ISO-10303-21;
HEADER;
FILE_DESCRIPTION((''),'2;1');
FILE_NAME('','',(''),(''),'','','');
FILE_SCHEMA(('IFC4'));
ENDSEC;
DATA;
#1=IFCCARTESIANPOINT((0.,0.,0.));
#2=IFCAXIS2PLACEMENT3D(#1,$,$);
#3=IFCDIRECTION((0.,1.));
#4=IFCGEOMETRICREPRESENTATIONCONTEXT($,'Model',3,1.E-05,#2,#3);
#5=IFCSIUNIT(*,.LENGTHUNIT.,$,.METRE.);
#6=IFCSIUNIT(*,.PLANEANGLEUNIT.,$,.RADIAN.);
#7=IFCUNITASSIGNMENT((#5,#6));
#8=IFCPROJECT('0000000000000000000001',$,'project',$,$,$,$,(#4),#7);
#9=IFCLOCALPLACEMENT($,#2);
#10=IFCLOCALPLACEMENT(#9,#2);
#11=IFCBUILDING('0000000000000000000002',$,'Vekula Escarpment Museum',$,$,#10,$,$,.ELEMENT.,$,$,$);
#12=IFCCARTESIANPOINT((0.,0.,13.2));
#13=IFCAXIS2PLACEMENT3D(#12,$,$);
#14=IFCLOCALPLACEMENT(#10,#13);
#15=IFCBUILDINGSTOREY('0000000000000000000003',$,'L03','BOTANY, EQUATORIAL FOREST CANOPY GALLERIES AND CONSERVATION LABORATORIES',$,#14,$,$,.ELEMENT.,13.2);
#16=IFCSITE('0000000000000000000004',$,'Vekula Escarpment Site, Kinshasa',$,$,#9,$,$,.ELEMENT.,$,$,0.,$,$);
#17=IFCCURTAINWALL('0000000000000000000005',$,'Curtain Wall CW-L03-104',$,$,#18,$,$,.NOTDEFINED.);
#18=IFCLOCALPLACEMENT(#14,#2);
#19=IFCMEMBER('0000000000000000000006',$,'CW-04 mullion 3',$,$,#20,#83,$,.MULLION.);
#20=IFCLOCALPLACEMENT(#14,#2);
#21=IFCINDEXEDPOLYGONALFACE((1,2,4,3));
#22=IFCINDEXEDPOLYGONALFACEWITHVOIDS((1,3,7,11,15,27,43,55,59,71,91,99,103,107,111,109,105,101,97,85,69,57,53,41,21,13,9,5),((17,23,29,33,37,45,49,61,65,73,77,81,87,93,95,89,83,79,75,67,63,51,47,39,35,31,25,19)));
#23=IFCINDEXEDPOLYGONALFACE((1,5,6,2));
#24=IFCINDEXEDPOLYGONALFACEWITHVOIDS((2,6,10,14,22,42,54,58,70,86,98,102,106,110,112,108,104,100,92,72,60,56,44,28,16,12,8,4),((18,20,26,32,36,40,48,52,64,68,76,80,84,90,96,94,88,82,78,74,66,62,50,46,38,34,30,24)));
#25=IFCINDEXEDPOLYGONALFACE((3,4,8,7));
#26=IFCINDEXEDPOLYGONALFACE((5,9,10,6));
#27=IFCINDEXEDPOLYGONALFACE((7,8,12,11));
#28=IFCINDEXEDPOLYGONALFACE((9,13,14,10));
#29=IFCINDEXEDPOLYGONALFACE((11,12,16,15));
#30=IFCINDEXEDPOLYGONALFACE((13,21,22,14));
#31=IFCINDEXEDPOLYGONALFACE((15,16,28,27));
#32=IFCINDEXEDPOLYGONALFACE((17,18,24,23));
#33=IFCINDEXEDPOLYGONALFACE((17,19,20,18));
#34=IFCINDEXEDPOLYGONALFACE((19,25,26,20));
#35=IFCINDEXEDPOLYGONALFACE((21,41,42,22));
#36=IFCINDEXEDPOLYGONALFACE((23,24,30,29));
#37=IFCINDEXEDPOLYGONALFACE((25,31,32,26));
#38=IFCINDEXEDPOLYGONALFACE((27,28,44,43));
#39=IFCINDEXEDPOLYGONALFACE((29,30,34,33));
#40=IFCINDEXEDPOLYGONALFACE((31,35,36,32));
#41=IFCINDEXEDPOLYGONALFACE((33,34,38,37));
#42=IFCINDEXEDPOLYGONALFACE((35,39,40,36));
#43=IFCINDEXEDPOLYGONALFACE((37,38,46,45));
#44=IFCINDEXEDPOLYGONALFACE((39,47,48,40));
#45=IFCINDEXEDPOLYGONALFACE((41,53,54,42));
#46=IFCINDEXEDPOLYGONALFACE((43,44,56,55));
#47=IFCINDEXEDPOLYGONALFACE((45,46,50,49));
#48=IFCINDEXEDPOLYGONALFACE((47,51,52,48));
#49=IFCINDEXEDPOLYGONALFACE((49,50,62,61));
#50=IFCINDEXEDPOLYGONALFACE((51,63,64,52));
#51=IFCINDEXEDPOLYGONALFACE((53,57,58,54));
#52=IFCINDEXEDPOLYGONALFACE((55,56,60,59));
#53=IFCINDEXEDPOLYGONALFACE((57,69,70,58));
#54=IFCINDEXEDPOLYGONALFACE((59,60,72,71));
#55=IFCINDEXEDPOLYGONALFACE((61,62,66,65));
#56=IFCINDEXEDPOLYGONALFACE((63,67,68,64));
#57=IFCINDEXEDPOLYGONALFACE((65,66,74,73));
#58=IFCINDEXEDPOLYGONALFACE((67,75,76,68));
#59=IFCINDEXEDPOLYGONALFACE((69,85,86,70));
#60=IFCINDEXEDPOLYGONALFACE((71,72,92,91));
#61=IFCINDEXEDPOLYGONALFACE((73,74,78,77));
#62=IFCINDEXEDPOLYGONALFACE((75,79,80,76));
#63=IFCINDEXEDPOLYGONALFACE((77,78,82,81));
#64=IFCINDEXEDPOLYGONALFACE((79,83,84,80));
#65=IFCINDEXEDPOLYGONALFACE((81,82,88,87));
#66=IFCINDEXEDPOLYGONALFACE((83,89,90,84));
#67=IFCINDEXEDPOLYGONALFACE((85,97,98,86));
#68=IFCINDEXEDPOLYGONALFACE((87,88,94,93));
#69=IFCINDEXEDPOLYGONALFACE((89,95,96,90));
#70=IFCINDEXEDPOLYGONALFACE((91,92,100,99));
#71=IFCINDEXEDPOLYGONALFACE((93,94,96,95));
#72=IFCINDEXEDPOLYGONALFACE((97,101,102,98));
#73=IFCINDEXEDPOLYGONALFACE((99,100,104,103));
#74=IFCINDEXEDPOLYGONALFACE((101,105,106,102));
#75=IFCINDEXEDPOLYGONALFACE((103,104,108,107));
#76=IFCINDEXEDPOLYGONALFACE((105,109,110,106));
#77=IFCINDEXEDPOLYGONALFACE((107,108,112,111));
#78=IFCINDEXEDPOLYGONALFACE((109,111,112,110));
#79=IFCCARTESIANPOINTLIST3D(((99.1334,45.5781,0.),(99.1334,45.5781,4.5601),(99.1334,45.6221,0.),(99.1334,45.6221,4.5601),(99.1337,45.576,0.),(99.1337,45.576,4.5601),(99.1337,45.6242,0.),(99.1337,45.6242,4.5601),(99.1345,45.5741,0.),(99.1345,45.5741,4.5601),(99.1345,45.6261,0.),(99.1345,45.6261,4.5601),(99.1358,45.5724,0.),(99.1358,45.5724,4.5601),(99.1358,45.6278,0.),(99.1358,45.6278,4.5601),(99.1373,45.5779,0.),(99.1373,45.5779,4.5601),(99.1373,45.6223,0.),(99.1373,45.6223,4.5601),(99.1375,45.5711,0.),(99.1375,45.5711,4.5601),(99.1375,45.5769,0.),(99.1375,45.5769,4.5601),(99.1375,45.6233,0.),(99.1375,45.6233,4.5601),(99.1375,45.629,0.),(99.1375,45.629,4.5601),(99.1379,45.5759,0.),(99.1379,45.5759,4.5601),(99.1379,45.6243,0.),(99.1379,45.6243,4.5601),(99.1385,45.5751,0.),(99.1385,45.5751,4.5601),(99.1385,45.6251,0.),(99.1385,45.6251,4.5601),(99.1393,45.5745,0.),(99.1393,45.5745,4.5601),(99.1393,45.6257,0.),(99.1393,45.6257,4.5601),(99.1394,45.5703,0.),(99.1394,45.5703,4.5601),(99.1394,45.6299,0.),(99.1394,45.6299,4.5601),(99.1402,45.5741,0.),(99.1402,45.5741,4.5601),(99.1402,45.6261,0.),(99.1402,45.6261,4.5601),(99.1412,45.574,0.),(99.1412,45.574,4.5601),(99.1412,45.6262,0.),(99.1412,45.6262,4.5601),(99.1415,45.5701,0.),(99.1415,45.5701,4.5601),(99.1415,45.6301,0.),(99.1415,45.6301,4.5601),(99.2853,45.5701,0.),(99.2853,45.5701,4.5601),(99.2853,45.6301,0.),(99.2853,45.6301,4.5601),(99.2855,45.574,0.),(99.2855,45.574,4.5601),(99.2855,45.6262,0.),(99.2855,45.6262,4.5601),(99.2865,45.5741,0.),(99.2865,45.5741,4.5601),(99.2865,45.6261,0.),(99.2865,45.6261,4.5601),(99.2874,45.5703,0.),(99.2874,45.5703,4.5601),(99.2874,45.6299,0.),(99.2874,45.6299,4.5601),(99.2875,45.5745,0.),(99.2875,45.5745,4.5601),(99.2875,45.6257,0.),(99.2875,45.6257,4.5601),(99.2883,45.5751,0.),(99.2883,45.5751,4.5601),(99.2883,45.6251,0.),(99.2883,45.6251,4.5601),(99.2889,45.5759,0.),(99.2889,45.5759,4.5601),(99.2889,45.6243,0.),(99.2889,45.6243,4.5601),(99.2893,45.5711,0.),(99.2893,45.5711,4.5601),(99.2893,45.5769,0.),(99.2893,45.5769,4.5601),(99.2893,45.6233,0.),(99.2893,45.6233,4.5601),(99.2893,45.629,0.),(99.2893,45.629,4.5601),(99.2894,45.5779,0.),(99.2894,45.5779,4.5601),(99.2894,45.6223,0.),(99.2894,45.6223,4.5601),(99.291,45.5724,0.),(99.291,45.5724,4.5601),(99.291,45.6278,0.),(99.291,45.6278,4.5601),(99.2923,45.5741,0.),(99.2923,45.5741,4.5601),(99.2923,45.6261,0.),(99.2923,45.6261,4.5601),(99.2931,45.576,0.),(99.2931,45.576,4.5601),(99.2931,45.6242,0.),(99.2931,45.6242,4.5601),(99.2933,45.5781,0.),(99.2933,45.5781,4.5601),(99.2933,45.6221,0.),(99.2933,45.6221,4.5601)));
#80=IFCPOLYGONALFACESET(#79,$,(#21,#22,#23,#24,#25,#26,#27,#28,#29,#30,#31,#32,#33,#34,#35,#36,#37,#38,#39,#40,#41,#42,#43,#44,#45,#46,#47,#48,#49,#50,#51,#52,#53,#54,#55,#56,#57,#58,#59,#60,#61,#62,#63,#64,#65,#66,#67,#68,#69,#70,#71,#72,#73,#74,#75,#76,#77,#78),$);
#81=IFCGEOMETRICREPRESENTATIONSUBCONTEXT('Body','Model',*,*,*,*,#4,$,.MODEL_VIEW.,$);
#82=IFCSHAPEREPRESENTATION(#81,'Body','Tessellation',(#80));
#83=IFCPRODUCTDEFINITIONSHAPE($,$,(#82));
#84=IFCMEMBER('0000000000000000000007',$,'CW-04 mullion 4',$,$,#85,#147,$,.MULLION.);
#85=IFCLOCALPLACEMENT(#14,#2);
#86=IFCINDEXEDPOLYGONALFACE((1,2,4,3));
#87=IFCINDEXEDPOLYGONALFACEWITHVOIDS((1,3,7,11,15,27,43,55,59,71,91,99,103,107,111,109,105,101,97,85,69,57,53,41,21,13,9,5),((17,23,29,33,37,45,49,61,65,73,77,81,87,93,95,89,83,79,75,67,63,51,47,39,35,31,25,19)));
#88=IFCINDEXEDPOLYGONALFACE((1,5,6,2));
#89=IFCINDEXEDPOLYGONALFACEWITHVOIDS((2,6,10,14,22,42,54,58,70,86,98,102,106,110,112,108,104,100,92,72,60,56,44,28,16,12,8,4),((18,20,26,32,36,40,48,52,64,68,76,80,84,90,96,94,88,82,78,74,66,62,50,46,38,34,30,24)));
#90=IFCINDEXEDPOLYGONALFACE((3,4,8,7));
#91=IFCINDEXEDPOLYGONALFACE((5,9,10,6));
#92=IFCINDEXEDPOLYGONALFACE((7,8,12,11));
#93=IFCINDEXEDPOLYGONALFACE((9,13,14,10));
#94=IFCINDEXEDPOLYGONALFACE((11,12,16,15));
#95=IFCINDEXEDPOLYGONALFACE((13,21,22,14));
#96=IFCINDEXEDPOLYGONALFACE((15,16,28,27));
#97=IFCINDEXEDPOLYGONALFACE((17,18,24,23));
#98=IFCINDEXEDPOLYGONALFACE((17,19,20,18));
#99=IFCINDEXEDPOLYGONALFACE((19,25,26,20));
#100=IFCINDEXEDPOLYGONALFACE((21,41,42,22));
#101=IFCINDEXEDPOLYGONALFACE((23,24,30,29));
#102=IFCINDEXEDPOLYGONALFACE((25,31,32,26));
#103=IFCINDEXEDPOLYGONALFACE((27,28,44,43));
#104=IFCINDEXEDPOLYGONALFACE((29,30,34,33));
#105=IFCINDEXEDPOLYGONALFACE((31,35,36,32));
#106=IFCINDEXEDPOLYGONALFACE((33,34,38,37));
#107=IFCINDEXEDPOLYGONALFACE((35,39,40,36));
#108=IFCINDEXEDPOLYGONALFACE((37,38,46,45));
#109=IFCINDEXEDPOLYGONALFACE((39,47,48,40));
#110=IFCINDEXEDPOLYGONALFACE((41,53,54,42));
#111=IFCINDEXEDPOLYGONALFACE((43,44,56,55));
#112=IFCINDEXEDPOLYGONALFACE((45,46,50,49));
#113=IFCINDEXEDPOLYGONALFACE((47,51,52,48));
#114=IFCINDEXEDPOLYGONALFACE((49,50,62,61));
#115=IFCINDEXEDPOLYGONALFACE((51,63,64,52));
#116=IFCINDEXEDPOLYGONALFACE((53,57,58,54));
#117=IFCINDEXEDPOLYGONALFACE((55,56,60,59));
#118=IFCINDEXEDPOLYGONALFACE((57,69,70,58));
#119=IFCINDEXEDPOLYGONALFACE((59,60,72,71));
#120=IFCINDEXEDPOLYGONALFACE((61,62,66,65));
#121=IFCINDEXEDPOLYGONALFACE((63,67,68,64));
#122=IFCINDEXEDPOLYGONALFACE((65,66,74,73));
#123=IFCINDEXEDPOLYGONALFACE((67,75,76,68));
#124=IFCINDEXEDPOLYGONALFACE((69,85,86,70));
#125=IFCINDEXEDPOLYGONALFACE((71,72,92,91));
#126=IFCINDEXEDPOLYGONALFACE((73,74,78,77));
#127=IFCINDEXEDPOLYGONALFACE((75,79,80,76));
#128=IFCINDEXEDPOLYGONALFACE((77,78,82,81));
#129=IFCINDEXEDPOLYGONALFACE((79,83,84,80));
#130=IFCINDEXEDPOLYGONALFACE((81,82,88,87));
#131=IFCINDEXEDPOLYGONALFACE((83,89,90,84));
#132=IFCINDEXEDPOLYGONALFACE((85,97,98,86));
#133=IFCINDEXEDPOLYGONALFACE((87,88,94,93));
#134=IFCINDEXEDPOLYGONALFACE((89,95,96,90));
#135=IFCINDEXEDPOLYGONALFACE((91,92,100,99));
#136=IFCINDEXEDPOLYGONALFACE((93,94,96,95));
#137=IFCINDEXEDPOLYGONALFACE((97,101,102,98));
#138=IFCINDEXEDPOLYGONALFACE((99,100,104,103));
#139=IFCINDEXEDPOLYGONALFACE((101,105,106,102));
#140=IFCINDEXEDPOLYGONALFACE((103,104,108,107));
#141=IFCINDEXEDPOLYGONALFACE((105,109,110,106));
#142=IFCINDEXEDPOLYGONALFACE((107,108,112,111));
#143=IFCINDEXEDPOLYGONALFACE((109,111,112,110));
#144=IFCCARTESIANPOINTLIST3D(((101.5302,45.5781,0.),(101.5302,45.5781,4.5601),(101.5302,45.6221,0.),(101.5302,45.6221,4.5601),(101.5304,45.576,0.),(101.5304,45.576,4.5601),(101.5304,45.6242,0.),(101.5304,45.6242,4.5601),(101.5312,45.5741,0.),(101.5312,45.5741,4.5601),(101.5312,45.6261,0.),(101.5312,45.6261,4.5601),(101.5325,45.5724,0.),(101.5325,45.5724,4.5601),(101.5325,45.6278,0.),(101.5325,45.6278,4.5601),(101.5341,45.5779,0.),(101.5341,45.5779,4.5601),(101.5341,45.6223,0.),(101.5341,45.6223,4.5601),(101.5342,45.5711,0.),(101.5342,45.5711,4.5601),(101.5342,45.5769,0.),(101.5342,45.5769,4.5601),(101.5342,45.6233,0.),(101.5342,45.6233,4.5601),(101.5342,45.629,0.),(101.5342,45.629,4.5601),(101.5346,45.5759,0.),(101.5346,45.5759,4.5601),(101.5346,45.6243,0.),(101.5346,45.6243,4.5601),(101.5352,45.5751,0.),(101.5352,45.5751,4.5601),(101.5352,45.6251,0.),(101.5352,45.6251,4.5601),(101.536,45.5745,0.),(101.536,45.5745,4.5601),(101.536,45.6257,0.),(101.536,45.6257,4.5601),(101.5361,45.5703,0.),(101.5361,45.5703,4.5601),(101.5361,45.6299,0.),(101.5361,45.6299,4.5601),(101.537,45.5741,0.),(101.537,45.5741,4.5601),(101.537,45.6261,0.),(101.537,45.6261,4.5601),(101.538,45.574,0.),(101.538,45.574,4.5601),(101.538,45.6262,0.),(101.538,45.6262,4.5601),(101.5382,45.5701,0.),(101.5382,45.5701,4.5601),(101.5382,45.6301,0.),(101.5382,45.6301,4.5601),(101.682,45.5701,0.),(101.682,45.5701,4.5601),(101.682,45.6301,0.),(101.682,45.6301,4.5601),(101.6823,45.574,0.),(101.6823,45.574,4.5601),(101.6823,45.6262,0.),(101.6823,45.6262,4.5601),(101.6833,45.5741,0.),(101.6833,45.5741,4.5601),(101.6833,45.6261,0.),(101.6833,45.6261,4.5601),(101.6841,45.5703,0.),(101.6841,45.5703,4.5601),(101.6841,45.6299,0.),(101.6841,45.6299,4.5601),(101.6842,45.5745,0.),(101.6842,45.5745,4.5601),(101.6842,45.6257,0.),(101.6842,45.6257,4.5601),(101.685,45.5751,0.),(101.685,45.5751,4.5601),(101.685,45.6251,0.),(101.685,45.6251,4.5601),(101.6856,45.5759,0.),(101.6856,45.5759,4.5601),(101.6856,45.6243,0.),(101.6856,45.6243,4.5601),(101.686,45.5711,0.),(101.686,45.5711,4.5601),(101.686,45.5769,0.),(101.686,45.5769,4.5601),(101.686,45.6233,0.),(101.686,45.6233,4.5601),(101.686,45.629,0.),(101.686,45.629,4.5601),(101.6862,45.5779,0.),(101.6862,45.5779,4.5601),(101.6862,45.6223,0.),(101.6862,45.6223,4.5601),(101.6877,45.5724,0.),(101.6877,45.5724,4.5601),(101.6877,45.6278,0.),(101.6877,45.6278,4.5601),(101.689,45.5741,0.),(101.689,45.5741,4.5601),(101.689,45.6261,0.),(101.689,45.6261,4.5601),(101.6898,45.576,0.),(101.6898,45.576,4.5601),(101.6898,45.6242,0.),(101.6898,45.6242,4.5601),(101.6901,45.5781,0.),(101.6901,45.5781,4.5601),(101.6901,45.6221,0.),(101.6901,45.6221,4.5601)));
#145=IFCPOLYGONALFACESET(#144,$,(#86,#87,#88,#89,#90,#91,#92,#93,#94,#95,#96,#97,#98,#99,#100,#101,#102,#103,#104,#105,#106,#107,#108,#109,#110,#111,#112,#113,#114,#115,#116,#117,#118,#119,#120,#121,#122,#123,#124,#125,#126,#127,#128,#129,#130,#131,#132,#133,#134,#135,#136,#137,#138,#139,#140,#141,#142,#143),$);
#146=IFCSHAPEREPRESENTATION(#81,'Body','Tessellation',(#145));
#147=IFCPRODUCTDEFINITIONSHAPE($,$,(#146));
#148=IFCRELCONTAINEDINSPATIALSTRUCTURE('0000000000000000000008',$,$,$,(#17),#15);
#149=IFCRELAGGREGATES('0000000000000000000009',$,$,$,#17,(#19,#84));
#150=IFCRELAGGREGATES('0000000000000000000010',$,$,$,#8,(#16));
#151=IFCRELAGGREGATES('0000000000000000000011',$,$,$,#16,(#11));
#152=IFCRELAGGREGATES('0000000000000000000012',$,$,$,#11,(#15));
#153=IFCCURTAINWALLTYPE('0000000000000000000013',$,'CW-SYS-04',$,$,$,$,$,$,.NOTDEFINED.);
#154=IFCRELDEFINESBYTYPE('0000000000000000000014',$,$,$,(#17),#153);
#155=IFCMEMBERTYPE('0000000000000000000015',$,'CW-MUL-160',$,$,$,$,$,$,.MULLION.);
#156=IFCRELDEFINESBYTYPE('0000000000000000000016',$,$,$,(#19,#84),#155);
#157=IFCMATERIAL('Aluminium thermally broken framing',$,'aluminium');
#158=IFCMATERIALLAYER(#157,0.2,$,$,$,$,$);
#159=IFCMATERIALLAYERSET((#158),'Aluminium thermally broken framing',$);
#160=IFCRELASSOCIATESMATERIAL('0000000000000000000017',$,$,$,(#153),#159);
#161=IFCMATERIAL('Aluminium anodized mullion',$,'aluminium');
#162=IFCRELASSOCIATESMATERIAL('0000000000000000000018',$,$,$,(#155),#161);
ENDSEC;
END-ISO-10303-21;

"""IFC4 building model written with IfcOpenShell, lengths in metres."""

from ifc_helpers import new_model, si_unit, direction, frame, origin, origin_2d, place, context, subcontext, project, spatial, hollow_rectangle, extrude, material, layer, layer_set, material_profile, profile_set, type_object, element, aggregate, save


model = new_model("IFC4")

# Units and contexts
model_context = context("Model", 3, precision=1e-05, world=origin(), true_north=direction((0.0, 1.0)))
body_context = subcontext(model_context, "Body", "Model", "MODEL_VIEW")
ifc_project = project(units=[si_unit("LENGTHUNIT", "METRE"), si_unit("PLANEANGLEUNIT", "RADIAN")], contexts=[model_context])

# Site, building, storey
site_placement = place(None, origin())
site = spatial("IfcSite", under=ifc_project, at=site_placement, Name="Vekula Escarpment Site, Kinshasa", CompositionType="ELEMENT", RefElevation=0.0)
building_placement = place(site_placement, origin())
building = spatial("IfcBuilding", under=site, at=building_placement, Name="Vekula Escarpment Museum", CompositionType="ELEMENT")
storey_placement = place(building_placement, frame((0.0, 0.0, 13.2)))
storey = spatial("IfcBuildingStorey", under=building, at=storey_placement, Name="L03", Description="BOTANY, EQUATORIAL FOREST CANOPY GALLERIES AND CONSERVATION LABORATORIES", CompositionType="ELEMENT", Elevation=13.2)

# Curtain wall, members
ifc_material_1 = material(Name="Aluminium thermally broken framing", Category="aluminium")
ifc_layer_1 = layer(ifc_material_1, 0.2)
ifc_layer_set_1 = layer_set([ifc_layer_1], Name="Aluminium thermally broken framing")
curtain_wall_type_1 = type_object("IfcCurtainWallType", Name="CW-SYS-04", PredefinedType="NOTDEFINED", material=ifc_layer_set_1)
curtain_wall_1_placement = place(storey_placement, origin())
curtain_wall_1 = element("IfcCurtainWall", 1, at=curtain_wall_1_placement, inside=storey, type_object=curtain_wall_type_1, Name="Curtain Wall CW-L03-104", PredefinedType="NOTDEFINED")
ifc_material_2 = material(Name="Aluminium anodized mullion", Category="aluminium")
ifc_material_profile_1 = material_profile(ifc_material_2, hollow_rectangle(XDim=0.0601, YDim=0.1599, WallThickness=0.0039, InnerFilletRadius=0.0039, OuterFilletRadius=0.0081, at=origin_2d()), Name="ALU 160x60x4")
ifc_profile_set_1 = profile_set([ifc_material_profile_1], Name="Aluminium anodized mullion")
member_type_1 = type_object("IfcMemberType", Name="CW-MUL-160", PredefinedType="MULLION", material=ifc_profile_set_1)
member_1_placement = place(storey_placement, frame((99.2134, 45.6001, 0.0), z_axis=(0.0, 0.0, 1.0), x_axis=(0.0, 1.0, 0.0)))
member_1 = element("IfcMember", 2, at=member_1_placement, type_object=member_type_1, Name="CW-04 mullion 3", PredefinedType="MULLION", context=body_context, shape_type="SweptSolid", body=[
    extrude(hollow_rectangle(XDim=0.0601, YDim=0.1599, WallThickness=0.0039, InnerFilletRadius=0.0039, OuterFilletRadius=0.0081, at=origin_2d()), origin(), (0.0, 0.0, 1.0), 4.5601),
])
member_2_placement = place(storey_placement, frame((101.6101, 45.6001, 0.0), z_axis=(0.0, 0.0, 1.0), x_axis=(0.0, 1.0, 0.0)))
member_2 = element("IfcMember", 3, at=member_2_placement, type_object=member_type_1, Name="CW-04 mullion 4", PredefinedType="MULLION", context=body_context, shape_type="SweptSolid", body=[
    extrude(hollow_rectangle(XDim=0.0601, YDim=0.1599, WallThickness=0.0039, InnerFilletRadius=0.0039, OuterFilletRadius=0.0081, at=origin_2d()), origin(), (0.0, 0.0, 1.0), 4.5601),
])

aggregate(curtain_wall_1, [member_1, member_2])

save(model, "model.ifc")
